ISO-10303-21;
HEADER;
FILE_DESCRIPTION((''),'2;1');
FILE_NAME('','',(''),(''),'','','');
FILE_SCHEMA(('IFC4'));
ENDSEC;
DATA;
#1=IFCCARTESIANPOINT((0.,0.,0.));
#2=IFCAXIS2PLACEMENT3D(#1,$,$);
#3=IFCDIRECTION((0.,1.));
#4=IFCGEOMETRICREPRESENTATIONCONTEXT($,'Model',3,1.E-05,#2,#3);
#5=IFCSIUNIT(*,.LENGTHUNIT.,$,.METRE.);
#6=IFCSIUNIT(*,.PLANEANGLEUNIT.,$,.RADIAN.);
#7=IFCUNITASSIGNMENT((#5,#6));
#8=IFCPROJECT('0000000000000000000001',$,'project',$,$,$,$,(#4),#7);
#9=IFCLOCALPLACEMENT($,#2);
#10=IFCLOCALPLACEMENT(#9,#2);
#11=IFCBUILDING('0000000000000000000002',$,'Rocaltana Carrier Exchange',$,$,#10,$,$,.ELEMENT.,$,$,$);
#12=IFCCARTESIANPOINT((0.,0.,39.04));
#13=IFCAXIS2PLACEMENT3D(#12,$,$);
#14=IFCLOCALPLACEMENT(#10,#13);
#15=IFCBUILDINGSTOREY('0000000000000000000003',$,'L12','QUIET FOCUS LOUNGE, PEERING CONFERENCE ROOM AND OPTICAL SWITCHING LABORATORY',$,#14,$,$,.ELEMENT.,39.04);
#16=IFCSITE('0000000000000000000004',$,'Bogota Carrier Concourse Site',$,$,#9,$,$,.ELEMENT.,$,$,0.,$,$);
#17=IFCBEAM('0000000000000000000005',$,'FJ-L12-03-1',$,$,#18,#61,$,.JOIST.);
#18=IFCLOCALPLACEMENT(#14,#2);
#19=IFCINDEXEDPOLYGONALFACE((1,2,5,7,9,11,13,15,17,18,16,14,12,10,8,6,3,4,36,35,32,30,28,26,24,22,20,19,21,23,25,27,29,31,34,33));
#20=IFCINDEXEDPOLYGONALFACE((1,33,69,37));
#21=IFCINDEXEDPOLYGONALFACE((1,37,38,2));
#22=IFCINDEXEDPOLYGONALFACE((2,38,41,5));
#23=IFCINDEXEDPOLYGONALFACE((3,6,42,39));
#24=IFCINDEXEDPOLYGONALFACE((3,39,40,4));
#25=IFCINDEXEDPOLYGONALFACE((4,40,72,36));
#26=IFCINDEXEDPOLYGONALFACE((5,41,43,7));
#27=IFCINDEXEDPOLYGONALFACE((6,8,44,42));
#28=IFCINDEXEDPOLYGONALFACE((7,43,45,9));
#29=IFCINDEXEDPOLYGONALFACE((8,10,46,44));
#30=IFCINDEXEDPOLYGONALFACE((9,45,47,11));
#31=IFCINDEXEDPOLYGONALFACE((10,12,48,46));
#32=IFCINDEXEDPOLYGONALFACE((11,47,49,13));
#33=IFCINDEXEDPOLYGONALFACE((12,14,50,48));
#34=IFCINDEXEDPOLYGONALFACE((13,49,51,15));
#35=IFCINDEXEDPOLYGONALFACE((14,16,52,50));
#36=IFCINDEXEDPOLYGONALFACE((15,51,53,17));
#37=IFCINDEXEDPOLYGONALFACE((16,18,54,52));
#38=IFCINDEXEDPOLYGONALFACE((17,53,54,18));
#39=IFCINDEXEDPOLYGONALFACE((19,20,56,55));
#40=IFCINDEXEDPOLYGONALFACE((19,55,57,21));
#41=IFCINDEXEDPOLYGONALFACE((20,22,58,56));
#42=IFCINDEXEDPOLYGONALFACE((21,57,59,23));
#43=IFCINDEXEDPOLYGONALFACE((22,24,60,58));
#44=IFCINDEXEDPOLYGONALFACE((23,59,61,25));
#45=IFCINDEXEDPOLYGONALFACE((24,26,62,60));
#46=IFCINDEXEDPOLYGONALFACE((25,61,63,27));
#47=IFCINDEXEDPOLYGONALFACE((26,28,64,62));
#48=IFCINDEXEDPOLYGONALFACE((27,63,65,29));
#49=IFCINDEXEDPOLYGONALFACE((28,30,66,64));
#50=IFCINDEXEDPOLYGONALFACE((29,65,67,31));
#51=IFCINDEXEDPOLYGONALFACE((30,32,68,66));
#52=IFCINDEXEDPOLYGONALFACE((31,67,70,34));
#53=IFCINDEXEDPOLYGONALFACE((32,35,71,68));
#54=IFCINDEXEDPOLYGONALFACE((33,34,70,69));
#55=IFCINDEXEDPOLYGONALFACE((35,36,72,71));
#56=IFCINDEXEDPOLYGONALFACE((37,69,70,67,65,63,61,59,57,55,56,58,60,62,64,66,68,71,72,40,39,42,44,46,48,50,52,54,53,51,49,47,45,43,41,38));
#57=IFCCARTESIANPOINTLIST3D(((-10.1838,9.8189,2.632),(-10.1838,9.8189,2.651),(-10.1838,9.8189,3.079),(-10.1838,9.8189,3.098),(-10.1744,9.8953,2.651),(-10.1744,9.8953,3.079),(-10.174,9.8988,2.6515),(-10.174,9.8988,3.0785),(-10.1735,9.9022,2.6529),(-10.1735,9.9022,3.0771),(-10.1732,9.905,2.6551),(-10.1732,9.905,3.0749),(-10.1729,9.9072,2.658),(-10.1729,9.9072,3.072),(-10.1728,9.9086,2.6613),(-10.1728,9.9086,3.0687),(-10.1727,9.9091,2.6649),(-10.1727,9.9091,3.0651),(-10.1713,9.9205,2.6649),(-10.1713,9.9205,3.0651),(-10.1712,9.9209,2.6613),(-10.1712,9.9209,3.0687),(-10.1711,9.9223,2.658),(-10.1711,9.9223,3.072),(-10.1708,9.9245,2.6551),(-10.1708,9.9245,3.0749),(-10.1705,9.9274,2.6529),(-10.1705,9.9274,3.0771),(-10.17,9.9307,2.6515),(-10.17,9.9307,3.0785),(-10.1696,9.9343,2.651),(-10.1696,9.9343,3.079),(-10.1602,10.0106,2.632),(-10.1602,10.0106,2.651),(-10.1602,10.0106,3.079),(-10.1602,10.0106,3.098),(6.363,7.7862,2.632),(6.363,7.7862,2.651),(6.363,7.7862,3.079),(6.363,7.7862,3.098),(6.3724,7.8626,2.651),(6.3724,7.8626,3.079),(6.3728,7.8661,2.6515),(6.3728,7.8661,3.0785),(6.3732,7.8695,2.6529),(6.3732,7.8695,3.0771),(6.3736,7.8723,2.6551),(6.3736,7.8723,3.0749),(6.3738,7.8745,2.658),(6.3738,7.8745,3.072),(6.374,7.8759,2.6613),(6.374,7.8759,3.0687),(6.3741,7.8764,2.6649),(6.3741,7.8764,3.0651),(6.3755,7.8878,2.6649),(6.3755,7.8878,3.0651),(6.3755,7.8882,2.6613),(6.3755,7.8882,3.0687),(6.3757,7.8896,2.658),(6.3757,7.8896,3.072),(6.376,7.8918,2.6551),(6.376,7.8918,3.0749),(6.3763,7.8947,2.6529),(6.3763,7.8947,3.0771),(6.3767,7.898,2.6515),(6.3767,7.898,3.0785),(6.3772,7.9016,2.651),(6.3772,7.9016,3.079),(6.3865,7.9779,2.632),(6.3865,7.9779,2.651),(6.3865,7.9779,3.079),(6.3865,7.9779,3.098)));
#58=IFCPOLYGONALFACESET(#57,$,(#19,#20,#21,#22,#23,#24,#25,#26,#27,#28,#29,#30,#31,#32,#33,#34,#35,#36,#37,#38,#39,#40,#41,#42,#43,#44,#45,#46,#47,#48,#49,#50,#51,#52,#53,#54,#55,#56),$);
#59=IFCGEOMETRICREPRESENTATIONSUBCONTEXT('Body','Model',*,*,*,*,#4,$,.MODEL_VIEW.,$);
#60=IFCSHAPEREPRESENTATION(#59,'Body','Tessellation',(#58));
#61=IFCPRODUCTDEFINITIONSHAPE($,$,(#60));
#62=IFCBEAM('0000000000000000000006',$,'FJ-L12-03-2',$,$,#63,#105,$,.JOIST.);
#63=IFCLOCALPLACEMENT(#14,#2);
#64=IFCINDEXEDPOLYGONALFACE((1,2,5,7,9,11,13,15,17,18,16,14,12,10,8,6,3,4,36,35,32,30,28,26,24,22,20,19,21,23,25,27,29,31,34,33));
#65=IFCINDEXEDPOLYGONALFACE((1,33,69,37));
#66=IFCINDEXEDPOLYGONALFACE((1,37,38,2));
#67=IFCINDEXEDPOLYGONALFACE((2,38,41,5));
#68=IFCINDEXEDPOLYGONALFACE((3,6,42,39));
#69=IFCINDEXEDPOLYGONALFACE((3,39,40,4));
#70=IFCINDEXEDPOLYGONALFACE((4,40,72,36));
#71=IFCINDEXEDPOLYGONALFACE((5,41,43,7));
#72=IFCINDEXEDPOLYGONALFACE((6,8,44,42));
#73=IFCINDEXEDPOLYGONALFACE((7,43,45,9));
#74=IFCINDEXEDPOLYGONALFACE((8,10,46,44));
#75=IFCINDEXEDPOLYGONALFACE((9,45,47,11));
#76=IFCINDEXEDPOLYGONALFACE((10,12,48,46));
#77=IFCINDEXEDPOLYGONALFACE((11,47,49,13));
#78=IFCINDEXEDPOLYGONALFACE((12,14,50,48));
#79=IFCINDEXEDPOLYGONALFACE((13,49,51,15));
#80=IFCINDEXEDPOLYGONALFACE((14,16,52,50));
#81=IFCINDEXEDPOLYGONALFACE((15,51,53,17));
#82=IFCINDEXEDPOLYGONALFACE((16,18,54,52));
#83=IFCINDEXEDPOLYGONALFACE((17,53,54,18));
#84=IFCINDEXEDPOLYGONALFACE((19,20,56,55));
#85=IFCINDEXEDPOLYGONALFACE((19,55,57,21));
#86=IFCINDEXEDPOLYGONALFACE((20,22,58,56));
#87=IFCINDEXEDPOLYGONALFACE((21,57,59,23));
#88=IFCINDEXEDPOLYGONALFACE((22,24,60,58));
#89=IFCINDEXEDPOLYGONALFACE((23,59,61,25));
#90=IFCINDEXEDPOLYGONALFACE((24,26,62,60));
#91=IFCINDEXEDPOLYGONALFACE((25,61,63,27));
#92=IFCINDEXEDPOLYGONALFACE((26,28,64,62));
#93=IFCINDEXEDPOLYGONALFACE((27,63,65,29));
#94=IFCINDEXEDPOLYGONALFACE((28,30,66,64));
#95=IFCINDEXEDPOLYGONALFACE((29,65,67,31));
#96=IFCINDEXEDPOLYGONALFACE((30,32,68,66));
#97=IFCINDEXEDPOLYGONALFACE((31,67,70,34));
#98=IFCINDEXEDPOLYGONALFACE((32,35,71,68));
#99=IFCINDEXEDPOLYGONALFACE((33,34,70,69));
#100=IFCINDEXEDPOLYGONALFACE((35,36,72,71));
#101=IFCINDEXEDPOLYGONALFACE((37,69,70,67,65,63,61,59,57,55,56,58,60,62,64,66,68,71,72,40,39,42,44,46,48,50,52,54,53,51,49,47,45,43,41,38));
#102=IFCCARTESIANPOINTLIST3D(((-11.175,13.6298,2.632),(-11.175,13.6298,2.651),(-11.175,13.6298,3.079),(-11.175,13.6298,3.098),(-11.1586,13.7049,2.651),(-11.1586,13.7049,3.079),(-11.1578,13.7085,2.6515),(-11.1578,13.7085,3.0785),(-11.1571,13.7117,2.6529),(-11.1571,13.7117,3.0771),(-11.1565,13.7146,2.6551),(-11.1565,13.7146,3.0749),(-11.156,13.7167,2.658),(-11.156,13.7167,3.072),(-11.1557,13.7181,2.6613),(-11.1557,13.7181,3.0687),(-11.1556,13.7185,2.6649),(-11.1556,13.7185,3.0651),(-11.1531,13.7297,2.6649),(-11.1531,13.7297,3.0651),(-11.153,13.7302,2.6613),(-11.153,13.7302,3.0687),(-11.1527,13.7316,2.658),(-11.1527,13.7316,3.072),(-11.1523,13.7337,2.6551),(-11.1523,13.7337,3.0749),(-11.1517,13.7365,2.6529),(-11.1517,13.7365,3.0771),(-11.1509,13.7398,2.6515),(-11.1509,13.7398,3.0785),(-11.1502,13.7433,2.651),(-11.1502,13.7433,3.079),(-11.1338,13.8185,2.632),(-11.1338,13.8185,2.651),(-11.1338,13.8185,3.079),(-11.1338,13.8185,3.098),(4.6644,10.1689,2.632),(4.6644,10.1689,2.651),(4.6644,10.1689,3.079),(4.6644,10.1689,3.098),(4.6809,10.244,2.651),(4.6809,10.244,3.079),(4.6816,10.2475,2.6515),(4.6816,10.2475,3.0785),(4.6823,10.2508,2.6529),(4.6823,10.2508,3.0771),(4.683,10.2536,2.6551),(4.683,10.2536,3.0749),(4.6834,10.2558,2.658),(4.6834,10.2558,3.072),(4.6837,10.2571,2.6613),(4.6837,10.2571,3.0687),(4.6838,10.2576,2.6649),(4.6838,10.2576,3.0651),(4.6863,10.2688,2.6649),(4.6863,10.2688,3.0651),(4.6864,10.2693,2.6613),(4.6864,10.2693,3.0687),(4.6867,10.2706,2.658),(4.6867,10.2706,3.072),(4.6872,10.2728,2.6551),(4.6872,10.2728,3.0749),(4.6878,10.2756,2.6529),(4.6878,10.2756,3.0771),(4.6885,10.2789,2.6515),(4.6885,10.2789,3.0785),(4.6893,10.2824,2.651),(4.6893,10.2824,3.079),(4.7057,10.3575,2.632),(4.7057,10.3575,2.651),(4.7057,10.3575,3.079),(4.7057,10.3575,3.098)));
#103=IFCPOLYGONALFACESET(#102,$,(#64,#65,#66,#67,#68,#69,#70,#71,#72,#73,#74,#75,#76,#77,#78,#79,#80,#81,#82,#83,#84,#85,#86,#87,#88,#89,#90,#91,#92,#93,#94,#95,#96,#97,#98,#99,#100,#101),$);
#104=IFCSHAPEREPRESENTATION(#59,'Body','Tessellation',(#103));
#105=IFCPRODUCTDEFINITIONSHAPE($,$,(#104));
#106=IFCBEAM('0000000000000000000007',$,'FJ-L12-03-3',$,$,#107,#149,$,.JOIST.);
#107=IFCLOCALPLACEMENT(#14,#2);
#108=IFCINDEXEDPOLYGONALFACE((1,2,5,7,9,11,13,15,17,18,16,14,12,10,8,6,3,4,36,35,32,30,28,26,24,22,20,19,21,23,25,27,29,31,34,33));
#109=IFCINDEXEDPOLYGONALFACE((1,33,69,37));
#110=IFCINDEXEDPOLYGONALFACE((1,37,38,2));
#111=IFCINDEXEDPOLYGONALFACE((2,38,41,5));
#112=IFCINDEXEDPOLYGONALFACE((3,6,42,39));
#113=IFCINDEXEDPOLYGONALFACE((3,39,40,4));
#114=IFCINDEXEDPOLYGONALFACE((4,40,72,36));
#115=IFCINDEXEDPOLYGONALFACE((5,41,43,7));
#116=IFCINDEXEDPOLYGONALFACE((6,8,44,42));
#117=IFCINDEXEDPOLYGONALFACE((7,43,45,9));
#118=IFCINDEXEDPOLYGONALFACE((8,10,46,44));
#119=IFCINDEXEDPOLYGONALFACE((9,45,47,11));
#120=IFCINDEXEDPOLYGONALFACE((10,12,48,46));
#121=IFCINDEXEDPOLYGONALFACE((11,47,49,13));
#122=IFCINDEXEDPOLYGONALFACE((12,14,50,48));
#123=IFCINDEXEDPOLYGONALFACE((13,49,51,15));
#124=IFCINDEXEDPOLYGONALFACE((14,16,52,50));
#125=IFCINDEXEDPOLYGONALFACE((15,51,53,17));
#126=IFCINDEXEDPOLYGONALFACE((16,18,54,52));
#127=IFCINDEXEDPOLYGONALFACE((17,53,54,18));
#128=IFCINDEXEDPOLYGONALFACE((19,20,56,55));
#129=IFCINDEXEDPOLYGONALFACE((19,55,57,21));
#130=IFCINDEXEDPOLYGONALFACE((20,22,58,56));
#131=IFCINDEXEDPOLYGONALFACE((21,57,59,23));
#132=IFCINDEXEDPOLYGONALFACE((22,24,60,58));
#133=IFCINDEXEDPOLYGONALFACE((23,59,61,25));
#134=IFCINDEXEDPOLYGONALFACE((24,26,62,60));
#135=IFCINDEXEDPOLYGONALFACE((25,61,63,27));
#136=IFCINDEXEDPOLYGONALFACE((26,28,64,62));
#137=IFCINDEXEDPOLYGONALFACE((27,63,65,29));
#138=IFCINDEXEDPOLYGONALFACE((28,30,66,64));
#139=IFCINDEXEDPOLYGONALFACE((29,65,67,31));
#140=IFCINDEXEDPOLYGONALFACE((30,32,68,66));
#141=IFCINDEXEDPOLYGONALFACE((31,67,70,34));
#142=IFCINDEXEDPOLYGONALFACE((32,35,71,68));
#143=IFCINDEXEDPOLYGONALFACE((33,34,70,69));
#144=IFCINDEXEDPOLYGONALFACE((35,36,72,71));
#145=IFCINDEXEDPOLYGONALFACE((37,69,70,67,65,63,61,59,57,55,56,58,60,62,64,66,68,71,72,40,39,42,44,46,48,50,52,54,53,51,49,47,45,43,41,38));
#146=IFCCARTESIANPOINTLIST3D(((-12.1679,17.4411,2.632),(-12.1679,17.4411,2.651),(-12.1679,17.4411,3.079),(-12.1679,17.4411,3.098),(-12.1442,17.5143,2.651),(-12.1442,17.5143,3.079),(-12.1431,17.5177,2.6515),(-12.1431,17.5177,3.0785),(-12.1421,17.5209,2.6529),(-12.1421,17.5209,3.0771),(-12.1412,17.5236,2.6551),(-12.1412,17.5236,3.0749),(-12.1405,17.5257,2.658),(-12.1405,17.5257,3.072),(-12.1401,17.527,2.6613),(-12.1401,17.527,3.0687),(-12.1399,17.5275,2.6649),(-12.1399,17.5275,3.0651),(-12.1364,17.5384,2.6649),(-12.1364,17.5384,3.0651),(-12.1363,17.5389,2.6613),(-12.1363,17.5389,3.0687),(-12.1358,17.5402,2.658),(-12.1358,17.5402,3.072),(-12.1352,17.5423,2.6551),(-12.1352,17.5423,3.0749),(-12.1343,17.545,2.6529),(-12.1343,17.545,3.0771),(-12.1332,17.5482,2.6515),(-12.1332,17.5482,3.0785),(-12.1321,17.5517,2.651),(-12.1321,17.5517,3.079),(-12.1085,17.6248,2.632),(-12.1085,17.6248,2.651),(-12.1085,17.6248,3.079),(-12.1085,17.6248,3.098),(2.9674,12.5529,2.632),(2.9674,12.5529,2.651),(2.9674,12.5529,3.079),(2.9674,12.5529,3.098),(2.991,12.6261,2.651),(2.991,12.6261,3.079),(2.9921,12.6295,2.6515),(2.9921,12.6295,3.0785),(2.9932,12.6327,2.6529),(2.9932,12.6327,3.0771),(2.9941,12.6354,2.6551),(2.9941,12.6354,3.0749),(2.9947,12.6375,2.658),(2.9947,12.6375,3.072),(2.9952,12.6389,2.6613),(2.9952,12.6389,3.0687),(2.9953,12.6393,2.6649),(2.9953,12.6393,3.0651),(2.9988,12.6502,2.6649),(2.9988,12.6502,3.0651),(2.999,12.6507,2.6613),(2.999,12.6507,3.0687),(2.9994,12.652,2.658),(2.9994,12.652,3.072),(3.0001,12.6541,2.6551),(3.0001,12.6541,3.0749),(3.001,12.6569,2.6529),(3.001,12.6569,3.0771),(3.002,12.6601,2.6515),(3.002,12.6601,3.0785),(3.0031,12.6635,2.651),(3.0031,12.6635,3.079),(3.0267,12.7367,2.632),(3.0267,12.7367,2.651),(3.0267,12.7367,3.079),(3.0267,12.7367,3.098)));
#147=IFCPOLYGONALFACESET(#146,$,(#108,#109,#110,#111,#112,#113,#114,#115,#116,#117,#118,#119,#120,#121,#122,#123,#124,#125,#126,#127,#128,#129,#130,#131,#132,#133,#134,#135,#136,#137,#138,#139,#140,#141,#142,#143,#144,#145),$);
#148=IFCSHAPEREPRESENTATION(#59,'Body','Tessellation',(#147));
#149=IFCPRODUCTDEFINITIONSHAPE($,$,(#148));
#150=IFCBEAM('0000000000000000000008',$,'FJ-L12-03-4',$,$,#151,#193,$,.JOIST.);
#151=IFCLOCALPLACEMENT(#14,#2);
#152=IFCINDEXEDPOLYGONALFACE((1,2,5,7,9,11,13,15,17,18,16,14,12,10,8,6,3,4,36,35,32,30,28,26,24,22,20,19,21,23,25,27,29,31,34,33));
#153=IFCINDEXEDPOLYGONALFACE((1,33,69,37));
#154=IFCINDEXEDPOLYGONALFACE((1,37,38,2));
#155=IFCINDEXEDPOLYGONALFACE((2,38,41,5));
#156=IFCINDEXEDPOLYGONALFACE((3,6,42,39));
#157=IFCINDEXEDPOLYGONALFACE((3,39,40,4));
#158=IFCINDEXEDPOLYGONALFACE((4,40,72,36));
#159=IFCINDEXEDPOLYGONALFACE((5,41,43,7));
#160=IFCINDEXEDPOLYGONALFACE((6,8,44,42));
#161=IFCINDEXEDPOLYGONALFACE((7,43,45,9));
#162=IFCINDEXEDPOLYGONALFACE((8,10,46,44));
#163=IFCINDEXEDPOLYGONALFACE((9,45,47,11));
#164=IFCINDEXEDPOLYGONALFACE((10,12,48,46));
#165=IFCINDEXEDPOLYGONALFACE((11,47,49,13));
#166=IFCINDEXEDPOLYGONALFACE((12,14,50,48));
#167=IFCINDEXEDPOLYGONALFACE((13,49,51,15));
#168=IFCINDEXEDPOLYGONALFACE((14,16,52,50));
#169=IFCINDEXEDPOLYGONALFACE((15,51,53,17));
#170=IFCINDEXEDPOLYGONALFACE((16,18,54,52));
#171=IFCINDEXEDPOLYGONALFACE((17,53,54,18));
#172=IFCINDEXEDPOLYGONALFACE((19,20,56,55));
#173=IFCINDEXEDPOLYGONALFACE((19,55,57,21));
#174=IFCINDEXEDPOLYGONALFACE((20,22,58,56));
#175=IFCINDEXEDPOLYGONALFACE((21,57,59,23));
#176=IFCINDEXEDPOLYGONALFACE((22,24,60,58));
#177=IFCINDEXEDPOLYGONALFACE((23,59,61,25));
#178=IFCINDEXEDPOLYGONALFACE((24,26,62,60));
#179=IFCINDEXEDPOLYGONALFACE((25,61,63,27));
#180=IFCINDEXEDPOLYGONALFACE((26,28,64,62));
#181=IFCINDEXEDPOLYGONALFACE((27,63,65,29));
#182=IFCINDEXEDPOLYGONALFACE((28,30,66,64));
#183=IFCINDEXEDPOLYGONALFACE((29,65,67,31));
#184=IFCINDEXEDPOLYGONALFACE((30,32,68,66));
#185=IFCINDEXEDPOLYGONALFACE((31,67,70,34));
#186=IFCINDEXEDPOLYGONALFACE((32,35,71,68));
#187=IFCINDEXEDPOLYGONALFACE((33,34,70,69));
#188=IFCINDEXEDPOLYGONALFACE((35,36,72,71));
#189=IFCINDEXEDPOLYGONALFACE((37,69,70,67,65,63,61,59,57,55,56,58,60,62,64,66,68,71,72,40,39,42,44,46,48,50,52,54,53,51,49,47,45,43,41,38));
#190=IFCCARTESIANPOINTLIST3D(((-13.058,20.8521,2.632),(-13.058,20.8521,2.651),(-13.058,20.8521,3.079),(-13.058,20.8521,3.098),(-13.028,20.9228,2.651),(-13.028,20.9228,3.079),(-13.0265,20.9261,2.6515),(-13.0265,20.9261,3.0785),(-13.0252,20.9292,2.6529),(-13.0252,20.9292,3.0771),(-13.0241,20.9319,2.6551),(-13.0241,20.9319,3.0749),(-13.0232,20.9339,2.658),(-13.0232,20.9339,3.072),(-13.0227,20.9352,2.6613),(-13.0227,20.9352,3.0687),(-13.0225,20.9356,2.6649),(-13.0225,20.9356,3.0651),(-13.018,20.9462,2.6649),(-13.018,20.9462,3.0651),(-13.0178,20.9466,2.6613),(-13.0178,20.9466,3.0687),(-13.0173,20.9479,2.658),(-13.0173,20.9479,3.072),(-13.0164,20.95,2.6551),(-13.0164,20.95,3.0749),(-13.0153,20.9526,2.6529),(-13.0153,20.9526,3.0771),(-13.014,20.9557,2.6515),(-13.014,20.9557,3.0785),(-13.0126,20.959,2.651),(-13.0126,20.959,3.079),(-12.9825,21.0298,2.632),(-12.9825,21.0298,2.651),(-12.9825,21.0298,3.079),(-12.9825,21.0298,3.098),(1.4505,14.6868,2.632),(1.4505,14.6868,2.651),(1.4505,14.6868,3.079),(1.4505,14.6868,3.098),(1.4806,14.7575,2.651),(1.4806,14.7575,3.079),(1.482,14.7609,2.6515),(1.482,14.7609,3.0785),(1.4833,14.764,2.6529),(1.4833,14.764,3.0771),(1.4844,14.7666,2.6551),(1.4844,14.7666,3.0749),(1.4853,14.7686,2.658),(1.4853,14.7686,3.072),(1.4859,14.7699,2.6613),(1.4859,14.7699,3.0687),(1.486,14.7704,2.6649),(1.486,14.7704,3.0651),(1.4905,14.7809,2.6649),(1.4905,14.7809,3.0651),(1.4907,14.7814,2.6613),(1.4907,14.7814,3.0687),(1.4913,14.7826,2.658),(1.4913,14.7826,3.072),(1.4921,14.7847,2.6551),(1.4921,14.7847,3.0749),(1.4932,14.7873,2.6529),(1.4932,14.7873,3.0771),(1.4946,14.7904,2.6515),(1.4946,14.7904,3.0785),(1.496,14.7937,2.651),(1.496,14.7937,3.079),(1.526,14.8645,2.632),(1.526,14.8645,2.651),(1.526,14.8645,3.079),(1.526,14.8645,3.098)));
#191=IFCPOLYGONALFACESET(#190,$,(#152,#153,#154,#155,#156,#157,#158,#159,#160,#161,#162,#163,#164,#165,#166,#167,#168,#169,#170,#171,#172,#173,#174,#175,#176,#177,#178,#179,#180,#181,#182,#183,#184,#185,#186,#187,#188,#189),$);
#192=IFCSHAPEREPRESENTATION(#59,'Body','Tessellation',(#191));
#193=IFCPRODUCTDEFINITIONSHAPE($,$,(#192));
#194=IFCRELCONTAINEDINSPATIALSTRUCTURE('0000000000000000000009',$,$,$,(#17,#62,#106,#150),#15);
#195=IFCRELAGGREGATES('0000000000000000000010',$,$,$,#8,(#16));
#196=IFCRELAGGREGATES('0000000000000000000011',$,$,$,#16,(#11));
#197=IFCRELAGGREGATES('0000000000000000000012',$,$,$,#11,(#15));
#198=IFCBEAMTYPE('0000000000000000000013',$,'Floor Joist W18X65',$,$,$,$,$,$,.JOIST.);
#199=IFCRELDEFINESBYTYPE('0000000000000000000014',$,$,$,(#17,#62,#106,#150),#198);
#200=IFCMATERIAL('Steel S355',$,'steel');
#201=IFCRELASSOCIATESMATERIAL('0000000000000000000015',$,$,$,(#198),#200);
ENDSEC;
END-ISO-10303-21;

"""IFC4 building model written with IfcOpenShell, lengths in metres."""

from ifc_helpers import new_model, si_unit, direction, frame, origin, origin_2d, place, context, subcontext, project, spatial, i_section, extrude, material, material_profile, profile_set, type_object, element, save


model = new_model("IFC4")

# Units and contexts
model_context = context("Model", 3, precision=1e-05, world=origin(), true_north=direction((0.0, 1.0)))
body_context = subcontext(model_context, "Body", "Model", "MODEL_VIEW")
ifc_project = project(units=[si_unit("LENGTHUNIT", "METRE"), si_unit("PLANEANGLEUNIT", "RADIAN")], contexts=[model_context])

# Site, building, storey
site_placement = place(None, origin())
site = spatial("IfcSite", under=ifc_project, at=site_placement, Name="Bogota Carrier Concourse Site", CompositionType="ELEMENT", RefElevation=0.0)
building_placement = place(site_placement, origin())
building = spatial("IfcBuilding", under=site, at=building_placement, Name="Rocaltana Carrier Exchange", CompositionType="ELEMENT")
storey_placement = place(building_placement, frame((0.0, 0.0, 39.04)))
storey = spatial("IfcBuildingStorey", under=building, at=storey_placement, Name="L12", Description="QUIET FOCUS LOUNGE, PEERING CONFERENCE ROOM AND OPTICAL SWITCHING LABORATORY", CompositionType="ELEMENT", Elevation=39.04)

# Beams
ifc_material_1 = material(Name="Steel S355", Category="steel")
ifc_material_profile_1 = material_profile(ifc_material_1, i_section(OverallWidth=0.1931, OverallDepth=0.4661, WebThickness=0.0115, FlangeThickness=0.019, FilletRadius=0.0139, at=origin_2d()), Name="W18X65")
ifc_profile_set_1 = profile_set([ifc_material_profile_1], Name="Steel S355")
beam_type_1 = type_object("IfcBeamType", Name="Floor Joist W18X65", PredefinedType="JOIST", material=ifc_profile_set_1)
beam_1_placement = place(storey_placement, frame((6.3748, 7.8821, 2.865), z_axis=(-0.992539, 0.121929, 0.0), x_axis=(-0.121929, -0.992539, 0.0)))
element("IfcBeam", 1, at=beam_1_placement, inside=storey, type_object=beam_type_1, Name="FJ-L12-03-1", PredefinedType="JOIST", context=body_context, shape_type="SweptSolid", body=[
    extrude(i_section(OverallWidth=0.1931, OverallDepth=0.4661, WebThickness=0.0115, FlangeThickness=0.019, FilletRadius=0.0139, at=origin_2d()), origin(), (0.0, 0.0, 1.0), 16.6711),
])
beam_2_placement = place(storey_placement, frame((4.6851, 10.2632, 2.865), z_axis=(-0.97695, 0.213466, 0.0), x_axis=(-0.213466, -0.97695, 0.0)))
element("IfcBeam", 2, at=beam_2_placement, inside=storey, type_object=beam_type_1, Name="FJ-L12-03-2", PredefinedType="JOIST", context=body_context, shape_type="SweptSolid", body=[
    extrude(i_section(OverallWidth=0.1931, OverallDepth=0.4661, WebThickness=0.0115, FlangeThickness=0.019, FilletRadius=0.0139, at=origin_2d()), origin(), (0.0, 0.0, 1.0), 16.2131),
])
beam_3_placement = place(storey_placement, frame((2.9971, 12.6448, 2.865), z_axis=(-0.951601, 0.307336, 0.0), x_axis=(-0.307336, -0.951601, 0.0)))
element("IfcBeam", 3, at=beam_3_placement, inside=storey, type_object=beam_type_1, Name="FJ-L12-03-3", PredefinedType="JOIST", context=body_context, shape_type="SweptSolid", body=[
    extrude(i_section(OverallWidth=0.1931, OverallDepth=0.4661, WebThickness=0.0115, FlangeThickness=0.019, FilletRadius=0.0139, at=origin_2d()), origin(), (0.0, 0.0, 1.0), 15.905),
])
beam_4_placement = place(storey_placement, frame((1.4883, 14.7756, 2.865), z_axis=(-0.92035, 0.391095, 0.0), x_axis=(-0.391095, -0.92035, 0.0)))
element("IfcBeam", 4, at=beam_4_placement, inside=storey, type_object=beam_type_1, Name="FJ-L12-03-4", PredefinedType="JOIST", context=body_context, shape_type="SweptSolid", body=[
    extrude(i_section(OverallWidth=0.1931, OverallDepth=0.4661, WebThickness=0.0115, FlangeThickness=0.019, FilletRadius=0.0139, at=origin_2d()), origin(), (0.0, 0.0, 1.0), 15.7642),
])

save(model, "model.ifc")
